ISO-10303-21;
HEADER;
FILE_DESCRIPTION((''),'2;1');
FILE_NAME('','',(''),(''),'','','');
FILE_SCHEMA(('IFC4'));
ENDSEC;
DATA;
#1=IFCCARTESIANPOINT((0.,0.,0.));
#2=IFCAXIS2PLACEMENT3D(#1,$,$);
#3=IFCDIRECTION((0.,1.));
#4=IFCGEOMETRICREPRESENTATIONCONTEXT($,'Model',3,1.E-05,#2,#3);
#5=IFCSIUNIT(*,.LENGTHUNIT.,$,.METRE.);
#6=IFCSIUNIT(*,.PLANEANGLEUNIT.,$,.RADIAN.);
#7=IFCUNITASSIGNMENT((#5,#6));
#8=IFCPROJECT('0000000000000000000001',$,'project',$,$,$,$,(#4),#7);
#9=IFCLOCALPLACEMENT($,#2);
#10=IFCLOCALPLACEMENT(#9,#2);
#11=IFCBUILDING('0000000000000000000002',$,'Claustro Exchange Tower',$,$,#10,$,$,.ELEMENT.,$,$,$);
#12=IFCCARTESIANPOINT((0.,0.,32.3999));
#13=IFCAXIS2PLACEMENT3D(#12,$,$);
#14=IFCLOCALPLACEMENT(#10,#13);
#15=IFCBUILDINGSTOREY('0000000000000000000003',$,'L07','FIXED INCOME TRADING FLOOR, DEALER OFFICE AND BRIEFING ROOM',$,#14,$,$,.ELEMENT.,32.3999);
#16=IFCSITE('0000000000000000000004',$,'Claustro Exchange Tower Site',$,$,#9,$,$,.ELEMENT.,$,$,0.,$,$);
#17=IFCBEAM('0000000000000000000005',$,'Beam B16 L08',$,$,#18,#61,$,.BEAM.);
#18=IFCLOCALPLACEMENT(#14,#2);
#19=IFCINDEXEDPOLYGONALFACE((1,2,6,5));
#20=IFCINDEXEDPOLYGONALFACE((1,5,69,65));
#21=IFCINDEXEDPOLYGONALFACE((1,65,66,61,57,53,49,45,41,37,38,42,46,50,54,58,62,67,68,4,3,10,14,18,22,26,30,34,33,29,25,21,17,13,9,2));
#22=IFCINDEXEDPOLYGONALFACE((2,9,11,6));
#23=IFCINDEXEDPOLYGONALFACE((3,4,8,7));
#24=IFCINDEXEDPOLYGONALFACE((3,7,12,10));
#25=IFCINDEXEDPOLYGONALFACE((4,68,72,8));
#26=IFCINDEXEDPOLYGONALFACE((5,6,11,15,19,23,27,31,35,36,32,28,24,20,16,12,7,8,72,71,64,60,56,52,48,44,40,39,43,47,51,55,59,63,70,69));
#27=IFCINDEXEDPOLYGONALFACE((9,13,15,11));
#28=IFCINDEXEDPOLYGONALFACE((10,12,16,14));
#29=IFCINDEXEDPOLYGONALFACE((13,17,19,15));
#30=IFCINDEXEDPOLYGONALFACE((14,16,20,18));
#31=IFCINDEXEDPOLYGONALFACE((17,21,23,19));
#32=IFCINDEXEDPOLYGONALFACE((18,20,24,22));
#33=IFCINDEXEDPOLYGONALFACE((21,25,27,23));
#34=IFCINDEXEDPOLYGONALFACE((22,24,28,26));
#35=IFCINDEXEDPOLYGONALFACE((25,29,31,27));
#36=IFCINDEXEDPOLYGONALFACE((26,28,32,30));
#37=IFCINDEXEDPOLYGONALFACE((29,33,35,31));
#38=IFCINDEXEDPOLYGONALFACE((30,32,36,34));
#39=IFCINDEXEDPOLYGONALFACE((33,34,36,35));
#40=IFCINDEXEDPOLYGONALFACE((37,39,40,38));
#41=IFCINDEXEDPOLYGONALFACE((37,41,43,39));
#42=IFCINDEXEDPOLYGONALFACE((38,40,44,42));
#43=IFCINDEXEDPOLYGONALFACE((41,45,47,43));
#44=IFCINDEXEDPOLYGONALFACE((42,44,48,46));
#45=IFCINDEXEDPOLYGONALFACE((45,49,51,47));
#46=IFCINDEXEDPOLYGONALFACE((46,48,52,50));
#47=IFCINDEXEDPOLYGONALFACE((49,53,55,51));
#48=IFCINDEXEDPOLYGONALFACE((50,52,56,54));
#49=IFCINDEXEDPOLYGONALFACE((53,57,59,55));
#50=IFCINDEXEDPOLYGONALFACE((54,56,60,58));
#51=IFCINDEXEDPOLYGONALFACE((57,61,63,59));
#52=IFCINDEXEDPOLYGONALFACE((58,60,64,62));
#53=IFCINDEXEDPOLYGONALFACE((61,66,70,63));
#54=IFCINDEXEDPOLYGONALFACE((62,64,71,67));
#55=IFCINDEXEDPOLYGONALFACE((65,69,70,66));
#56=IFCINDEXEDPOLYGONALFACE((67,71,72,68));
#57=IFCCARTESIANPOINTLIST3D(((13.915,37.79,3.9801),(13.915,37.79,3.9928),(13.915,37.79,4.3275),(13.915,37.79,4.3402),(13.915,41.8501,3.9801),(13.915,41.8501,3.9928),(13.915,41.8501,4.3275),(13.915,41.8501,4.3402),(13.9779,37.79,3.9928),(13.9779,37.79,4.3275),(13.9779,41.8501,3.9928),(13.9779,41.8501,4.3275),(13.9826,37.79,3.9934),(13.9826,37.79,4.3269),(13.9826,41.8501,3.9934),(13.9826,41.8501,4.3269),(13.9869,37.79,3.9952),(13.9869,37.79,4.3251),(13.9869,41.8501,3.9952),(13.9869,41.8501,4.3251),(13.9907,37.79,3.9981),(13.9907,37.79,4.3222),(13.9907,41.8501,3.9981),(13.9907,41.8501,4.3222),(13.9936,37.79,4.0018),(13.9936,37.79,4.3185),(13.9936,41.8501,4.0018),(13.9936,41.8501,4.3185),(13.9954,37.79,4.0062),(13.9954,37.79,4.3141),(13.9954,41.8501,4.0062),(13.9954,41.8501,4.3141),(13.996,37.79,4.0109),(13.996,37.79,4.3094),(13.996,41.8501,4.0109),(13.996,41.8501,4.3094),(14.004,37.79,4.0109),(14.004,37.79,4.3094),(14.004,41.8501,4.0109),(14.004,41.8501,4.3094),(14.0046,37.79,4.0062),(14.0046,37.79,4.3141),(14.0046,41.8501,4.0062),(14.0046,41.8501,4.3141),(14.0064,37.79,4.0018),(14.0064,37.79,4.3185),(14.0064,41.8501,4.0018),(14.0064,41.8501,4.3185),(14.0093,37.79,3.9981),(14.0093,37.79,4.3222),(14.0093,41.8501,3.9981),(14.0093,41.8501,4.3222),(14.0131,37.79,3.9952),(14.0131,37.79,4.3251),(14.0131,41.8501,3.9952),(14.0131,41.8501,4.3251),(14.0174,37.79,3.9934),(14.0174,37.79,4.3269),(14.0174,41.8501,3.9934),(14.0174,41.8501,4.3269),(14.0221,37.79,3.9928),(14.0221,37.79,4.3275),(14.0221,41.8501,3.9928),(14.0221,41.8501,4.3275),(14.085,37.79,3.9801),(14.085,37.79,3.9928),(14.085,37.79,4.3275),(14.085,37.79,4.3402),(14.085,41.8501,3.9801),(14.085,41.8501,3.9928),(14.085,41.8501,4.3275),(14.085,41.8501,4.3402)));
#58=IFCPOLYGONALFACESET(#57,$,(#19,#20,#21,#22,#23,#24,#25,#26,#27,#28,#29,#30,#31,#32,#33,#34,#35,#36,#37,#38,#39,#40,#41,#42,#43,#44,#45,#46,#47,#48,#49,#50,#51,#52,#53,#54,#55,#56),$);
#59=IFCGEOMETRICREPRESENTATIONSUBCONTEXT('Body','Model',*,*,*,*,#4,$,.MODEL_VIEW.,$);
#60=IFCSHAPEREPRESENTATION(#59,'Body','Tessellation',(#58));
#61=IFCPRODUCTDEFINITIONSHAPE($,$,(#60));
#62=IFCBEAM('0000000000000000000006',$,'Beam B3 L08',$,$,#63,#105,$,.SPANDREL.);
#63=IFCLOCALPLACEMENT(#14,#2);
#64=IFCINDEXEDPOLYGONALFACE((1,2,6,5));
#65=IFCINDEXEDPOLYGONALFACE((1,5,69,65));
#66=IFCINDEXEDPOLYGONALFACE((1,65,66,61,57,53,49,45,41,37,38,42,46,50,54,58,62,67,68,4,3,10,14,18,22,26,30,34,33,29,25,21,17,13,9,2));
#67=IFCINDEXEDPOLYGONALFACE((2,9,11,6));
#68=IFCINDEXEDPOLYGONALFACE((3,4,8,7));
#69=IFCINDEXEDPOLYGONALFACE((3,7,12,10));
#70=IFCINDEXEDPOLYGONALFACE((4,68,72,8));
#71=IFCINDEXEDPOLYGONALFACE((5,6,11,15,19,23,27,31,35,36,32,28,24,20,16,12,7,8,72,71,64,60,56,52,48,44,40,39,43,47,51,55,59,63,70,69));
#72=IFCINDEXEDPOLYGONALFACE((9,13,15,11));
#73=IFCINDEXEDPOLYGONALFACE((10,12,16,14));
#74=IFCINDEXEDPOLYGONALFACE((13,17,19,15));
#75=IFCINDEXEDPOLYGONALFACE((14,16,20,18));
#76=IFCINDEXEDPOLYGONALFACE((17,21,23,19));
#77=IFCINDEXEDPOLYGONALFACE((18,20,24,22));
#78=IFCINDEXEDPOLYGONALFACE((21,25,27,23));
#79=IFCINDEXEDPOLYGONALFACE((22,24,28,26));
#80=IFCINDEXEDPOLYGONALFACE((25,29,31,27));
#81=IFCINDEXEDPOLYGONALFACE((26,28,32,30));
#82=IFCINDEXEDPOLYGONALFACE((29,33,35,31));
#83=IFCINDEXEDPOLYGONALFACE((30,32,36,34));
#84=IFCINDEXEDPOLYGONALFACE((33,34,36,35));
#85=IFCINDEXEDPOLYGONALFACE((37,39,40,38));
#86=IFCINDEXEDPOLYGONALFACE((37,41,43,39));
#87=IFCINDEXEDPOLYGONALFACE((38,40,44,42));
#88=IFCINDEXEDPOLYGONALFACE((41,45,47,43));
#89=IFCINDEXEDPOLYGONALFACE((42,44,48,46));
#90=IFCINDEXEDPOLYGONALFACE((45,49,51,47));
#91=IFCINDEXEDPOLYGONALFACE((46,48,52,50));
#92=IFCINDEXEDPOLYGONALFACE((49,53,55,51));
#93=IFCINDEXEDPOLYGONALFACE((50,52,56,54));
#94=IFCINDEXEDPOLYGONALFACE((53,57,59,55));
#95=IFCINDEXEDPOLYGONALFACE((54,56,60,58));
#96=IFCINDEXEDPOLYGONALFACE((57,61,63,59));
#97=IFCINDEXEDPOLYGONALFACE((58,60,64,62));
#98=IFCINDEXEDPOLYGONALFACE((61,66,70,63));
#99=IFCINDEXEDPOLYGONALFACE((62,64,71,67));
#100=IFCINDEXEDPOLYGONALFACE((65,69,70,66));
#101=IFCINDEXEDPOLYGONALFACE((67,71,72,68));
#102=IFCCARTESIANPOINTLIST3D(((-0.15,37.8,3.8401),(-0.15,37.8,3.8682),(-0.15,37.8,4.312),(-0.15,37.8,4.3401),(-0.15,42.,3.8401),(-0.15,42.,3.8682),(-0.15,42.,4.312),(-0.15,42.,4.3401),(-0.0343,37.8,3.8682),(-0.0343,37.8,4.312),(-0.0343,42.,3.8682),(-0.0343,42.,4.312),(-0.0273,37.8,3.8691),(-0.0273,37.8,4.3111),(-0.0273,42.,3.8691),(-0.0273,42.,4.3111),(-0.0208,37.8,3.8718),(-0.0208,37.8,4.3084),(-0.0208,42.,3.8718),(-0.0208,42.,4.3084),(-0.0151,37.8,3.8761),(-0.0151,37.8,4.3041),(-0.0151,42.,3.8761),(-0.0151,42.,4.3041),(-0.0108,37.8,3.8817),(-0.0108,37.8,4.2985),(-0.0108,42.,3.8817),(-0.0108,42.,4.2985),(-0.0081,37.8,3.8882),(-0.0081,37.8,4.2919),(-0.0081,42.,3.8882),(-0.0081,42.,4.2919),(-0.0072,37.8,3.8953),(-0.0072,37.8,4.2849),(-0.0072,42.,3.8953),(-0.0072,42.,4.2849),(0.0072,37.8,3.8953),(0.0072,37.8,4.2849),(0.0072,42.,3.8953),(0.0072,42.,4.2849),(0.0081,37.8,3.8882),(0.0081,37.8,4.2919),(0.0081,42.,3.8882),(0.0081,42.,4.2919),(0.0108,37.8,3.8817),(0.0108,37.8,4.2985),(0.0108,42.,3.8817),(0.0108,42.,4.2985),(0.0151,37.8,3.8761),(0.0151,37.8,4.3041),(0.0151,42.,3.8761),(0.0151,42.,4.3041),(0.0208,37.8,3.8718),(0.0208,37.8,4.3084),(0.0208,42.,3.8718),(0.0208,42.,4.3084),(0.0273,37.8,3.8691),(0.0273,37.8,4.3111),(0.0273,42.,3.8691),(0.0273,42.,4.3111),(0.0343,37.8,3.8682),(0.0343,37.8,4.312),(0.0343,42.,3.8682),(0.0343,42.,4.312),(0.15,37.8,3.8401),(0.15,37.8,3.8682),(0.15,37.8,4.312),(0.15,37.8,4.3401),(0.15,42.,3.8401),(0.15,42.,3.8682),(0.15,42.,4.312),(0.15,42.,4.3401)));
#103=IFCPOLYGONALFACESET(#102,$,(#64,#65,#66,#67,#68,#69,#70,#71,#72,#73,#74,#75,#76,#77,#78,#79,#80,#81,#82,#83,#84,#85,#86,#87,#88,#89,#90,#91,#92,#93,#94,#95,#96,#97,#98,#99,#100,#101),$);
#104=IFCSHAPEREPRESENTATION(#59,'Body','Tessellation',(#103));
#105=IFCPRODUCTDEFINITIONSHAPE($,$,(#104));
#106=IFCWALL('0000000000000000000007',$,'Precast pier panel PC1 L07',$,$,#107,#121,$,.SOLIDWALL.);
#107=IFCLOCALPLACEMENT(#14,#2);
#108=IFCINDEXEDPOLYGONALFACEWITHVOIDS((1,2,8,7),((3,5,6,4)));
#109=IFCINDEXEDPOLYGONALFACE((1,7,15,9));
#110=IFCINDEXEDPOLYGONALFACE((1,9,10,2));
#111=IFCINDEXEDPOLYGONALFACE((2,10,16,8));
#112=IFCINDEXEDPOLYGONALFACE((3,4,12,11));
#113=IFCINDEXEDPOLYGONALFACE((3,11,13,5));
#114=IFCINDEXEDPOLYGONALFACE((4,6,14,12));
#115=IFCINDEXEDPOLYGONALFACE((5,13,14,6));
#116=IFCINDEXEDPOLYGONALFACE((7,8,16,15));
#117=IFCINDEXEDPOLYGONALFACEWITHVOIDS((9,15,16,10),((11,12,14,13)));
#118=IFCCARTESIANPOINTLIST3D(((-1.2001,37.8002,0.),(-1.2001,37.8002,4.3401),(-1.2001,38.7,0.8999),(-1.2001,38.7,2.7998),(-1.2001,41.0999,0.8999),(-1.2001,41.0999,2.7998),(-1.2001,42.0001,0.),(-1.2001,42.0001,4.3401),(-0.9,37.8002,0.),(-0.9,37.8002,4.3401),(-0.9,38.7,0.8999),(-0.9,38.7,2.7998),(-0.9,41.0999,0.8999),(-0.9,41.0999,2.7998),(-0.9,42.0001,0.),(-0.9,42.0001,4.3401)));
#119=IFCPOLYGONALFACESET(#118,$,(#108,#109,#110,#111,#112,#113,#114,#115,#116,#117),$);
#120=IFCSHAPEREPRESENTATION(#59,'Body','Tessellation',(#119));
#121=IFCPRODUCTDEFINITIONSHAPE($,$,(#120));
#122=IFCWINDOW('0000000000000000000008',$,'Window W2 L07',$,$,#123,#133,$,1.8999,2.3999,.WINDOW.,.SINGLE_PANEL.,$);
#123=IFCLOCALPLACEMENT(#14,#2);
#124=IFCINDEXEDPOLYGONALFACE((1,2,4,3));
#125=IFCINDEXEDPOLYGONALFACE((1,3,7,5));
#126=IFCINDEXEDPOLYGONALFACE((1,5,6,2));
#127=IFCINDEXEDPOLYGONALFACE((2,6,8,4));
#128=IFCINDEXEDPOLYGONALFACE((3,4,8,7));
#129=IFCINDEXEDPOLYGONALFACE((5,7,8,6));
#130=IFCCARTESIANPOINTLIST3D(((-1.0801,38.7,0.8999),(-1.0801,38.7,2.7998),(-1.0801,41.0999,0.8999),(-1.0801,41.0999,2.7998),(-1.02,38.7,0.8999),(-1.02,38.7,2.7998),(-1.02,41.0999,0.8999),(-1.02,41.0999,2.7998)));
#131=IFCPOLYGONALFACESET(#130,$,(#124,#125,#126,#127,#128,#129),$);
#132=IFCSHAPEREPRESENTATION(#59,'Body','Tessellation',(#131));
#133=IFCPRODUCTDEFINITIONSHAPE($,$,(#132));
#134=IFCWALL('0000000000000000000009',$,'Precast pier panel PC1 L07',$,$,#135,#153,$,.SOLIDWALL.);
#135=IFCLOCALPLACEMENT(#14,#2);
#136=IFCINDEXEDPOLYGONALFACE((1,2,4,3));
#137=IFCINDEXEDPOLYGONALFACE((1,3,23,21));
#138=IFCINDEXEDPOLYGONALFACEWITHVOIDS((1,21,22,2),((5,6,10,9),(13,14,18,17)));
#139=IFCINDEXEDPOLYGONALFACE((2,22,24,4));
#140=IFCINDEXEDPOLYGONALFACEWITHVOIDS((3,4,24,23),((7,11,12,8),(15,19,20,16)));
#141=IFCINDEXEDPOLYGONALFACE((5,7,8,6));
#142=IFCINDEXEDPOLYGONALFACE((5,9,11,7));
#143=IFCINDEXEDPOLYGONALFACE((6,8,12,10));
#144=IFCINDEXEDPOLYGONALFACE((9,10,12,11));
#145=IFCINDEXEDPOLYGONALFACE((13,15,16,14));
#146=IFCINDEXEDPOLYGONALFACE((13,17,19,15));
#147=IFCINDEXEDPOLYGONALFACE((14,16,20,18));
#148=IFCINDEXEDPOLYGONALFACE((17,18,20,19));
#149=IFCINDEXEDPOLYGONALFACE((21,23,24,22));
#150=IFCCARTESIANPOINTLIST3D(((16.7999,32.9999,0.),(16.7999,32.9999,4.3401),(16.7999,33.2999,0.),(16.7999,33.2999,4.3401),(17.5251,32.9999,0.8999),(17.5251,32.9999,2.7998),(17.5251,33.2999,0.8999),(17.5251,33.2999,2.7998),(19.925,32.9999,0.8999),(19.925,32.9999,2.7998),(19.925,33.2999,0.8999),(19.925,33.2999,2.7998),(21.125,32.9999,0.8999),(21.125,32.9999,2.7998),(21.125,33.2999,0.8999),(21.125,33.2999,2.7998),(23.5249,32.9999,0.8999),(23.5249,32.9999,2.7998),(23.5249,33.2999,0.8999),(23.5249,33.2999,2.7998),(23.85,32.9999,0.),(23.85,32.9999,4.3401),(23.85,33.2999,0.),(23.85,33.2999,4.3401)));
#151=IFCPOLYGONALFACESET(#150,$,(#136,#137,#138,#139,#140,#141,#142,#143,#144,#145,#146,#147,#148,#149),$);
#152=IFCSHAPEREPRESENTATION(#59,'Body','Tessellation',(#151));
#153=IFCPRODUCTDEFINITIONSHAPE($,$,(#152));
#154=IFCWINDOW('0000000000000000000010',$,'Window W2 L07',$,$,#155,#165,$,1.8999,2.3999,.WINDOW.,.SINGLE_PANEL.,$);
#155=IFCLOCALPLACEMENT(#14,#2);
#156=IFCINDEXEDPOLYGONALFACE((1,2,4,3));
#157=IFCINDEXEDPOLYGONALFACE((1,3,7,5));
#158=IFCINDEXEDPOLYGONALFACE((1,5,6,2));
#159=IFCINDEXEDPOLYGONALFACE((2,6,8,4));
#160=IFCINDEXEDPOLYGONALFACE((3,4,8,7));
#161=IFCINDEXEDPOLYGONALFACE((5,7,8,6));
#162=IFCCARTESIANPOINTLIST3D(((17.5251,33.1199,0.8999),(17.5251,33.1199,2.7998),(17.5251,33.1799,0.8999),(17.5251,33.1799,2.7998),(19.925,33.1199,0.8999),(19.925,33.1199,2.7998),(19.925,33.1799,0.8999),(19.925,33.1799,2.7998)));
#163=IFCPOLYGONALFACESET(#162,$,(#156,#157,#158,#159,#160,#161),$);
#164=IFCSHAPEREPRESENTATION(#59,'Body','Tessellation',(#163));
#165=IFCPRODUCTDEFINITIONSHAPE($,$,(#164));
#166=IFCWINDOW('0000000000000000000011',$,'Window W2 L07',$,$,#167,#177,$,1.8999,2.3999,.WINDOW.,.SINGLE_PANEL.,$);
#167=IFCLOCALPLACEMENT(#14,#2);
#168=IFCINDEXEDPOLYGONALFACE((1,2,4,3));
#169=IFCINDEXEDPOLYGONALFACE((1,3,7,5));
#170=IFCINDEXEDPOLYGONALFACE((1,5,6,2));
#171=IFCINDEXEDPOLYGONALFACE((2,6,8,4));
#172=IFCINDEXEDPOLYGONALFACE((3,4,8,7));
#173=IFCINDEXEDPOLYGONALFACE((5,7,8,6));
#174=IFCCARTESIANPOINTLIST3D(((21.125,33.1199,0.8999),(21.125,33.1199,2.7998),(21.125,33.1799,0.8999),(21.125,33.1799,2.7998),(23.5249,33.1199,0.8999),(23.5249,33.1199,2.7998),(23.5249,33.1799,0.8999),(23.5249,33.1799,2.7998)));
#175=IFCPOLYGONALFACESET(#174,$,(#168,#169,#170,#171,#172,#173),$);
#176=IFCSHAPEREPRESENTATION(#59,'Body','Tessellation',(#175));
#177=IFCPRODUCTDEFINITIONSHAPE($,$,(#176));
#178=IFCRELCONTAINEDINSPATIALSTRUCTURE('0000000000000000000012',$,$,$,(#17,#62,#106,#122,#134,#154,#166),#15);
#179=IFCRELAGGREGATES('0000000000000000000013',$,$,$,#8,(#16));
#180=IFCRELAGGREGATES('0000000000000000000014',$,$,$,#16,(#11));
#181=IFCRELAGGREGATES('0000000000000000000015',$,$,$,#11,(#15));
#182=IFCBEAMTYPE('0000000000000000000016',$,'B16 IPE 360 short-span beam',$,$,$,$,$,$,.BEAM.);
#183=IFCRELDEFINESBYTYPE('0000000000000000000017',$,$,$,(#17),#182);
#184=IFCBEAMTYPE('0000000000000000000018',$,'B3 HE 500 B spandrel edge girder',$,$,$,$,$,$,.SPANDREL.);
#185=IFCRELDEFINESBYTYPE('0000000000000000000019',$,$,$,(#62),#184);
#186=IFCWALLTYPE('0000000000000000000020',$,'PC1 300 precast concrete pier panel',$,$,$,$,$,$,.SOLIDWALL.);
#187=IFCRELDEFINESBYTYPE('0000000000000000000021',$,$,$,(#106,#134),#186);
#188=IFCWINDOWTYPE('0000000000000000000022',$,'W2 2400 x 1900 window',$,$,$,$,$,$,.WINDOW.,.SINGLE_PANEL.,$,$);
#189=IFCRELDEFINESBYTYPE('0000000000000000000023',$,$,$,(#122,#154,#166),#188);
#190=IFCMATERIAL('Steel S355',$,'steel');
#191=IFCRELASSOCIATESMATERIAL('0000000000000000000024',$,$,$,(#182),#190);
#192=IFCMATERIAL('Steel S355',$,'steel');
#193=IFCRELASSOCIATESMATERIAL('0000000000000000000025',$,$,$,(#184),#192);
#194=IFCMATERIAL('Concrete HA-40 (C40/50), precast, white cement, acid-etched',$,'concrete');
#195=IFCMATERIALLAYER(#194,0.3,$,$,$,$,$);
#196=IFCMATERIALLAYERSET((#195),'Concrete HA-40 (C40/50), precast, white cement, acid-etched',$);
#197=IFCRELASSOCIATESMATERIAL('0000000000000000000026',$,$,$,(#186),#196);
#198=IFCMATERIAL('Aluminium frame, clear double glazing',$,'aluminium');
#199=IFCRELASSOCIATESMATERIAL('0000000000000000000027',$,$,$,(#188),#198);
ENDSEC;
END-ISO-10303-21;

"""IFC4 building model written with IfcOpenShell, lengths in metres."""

from ifc_helpers import new_model, si_unit, direction, frame, frame_2d, origin, origin_2d, place, context, subcontext, project, spatial, rectangle, i_section, extrude, material, layer, layer_set, material_profile, profile_set, type_object, element, fill, save


model = new_model("IFC4")

# Units and contexts
model_context = context("Model", 3, precision=1e-05, world=origin(), true_north=direction((0.0, 1.0)))
body_context = subcontext(model_context, "Body", "Model", "MODEL_VIEW")
ifc_project = project(units=[si_unit("LENGTHUNIT", "METRE"), si_unit("PLANEANGLEUNIT", "RADIAN")], contexts=[model_context])

# Site, building, storey
site_placement = place(None, origin())
site = spatial("IfcSite", under=ifc_project, at=site_placement, Name="Claustro Exchange Tower Site", CompositionType="ELEMENT", RefElevation=0.0)
building_placement = place(site_placement, origin())
building = spatial("IfcBuilding", under=site, at=building_placement, Name="Claustro Exchange Tower", CompositionType="ELEMENT")
storey_placement = place(building_placement, frame((0.0, 0.0, 32.3999)))
storey = spatial("IfcBuildingStorey", under=building, at=storey_placement, Name="L07", Description="FIXED INCOME TRADING FLOOR, DEALER OFFICE AND BRIEFING ROOM", CompositionType="ELEMENT", Elevation=32.3999)

# Beams
ifc_material_1 = material(Name="Steel S355", Category="steel")
ifc_material_profile_1 = material_profile(ifc_material_1, i_section(OverallWidth=0.1699, OverallDepth=0.3601, WebThickness=0.0081, FlangeThickness=0.0127, FilletRadius=0.0181, at=origin_2d()), Name="IPE 360")
ifc_profile_set_1 = profile_set([ifc_material_profile_1], Name="Steel S355")
beam_type_1 = type_object("IfcBeamType", Name="B16 IPE 360 short-span beam", PredefinedType="BEAM", material=ifc_profile_set_1)
for number, where, z_axis, x_axis, name in (
    (1, (14.0, 37.79, 4.1602), (0.0, 1.0, 0.0), (-1.0, 0.0, 0.0), "Beam B16 L08"),
):
    element("IfcBeam", number, at=place(storey_placement, frame(where, z_axis=z_axis, x_axis=x_axis)), inside=storey, type_object=beam_type_1, Name=name, PredefinedType="BEAM", context=body_context, shape_type="SweptSolid", body=[
        extrude(i_section(OverallWidth=0.1699, OverallDepth=0.3601, WebThickness=0.0081, FlangeThickness=0.0127, FilletRadius=0.0181, at=origin_2d()), origin(), (0.0, 0.0, 1.0), 4.0601),
    ])
ifc_material_2 = material(Name="Steel S355", Category="steel")
ifc_material_profile_2 = material_profile(ifc_material_2, i_section(OverallWidth=0.3, OverallDepth=0.5, WebThickness=0.0144, FlangeThickness=0.0281, FilletRadius=0.0271, at=origin_2d()), Name="HE 500 B")
ifc_profile_set_2 = profile_set([ifc_material_profile_2], Name="Steel S355")
beam_type_2 = type_object("IfcBeamType", Name="B3 HE 500 B spandrel edge girder", PredefinedType="SPANDREL", material=ifc_profile_set_2)
beam_1_placement = place(storey_placement, frame((0.0, 37.8, 4.0901), z_axis=(0.0, 1.0, 0.0), x_axis=(-1.0, 0.0, 0.0)))
element("IfcBeam", 2, at=beam_1_placement, inside=storey, type_object=beam_type_2, Name="Beam B3 L08", PredefinedType="SPANDREL", context=body_context, shape_type="SweptSolid", body=[
    extrude(i_section(OverallWidth=0.3, OverallDepth=0.5, WebThickness=0.0144, FlangeThickness=0.0281, FilletRadius=0.0271, at=origin_2d()), origin(), (0.0, 0.0, 1.0), 4.2),
])

# Wall, opening, window
ifc_material_3 = material(Name="Concrete HA-40 (C40/50), precast, white cement, acid-etched", Category="concrete")
ifc_layer_1 = layer(ifc_material_3, 0.3)
ifc_layer_set_1 = layer_set([ifc_layer_1], Name="Concrete HA-40 (C40/50), precast, white cement, acid-etched")
wall_type_1 = type_object("IfcWallType", Name="PC1 300 precast concrete pier panel", PredefinedType="SOLIDWALL", material=ifc_layer_set_1)
wall_1_placement = place(storey_placement, frame((-1.05, 37.8, 0.0), z_axis=(0.0, 0.0, 1.0), x_axis=(0.0, 1.0, 0.0)))
wall_1 = element("IfcWall", 3, at=wall_1_placement, inside=storey, type_object=wall_type_1, Name="Precast pier panel PC1 L07", PredefinedType="SOLIDWALL", context=body_context, shape_type="SweptSolid", body=[
    extrude(rectangle(XDim=4.2, YDim=0.3, at=frame_2d((2.1001, 0.0))), origin(), (0.0, 0.0, 1.0), 4.3401),
])
opening_1_placement = place(wall_1_placement, frame((0.8999, 0.0, 0.8999)))
opening_1 = element("IfcOpeningElement", 4, at=opening_1_placement, cuts=wall_1, PredefinedType="OPENING", context=body_context, shape_type="SweptSolid", body=[
    extrude(rectangle(XDim=2.3999, YDim=1.8999, at=frame_2d((1.2, 0.95))), frame((0.0, 0.1599, 0.0), z_axis=(0.0, -1.0, 0.0), x_axis=(1.0, 0.0, 0.0)), (0.0, 0.0, 1.0), 0.3201),
])
ifc_material_4 = material(Name="Aluminium frame, clear double glazing", Category="aluminium")
window_type = type_object("IfcWindowType", Name="W2 2400 x 1900 window", PartitioningType="SINGLE_PANEL", PredefinedType="WINDOW", material=ifc_material_4)
window_1_placement = place(opening_1_placement, origin())
window_1 = element("IfcWindow", 5, at=window_1_placement, inside=storey, type_object=window_type, Name="Window W2 L07", OverallHeight=1.8999, OverallWidth=2.3999, PartitioningType="SINGLE_PANEL", PredefinedType="WINDOW", context=body_context, shape_type="SweptSolid", body=[
    extrude(rectangle(XDim=2.3999, YDim=1.8999, at=frame_2d((1.2, 0.95))), frame((0.0, 0.03, 0.0), z_axis=(0.0, -1.0, 0.0), x_axis=(1.0, 0.0, 0.0)), (0.0, 0.0, 1.0), 0.0601),
])
fill(opening_1, window_1)

# Wall, openings, windows
wall_2_placement = place(storey_placement, frame((16.8, 33.1499, 0.0), z_axis=(0.0, 0.0, 1.0), x_axis=(1.0, 0.0, 0.0)))
wall_2 = element("IfcWall", 6, at=wall_2_placement, inside=storey, type_object=wall_type_1, Name="Precast pier panel PC1 L07", PredefinedType="SOLIDWALL", context=body_context, shape_type="SweptSolid", body=[
    extrude(rectangle(XDim=7.05, YDim=0.3, at=frame_2d((3.5249, 0.0))), origin(), (0.0, 0.0, 1.0), 4.3401),
])
opening_2_placement = place(wall_2_placement, frame((0.7251, 0.0, 0.8999)))
opening_2 = element("IfcOpeningElement", 7, at=opening_2_placement, cuts=wall_2, PredefinedType="OPENING", context=body_context, shape_type="SweptSolid", body=[
    extrude(rectangle(XDim=2.3999, YDim=1.8999, at=frame_2d((1.2, 0.95))), frame((0.0, 0.1599, 0.0), z_axis=(0.0, -1.0, 0.0), x_axis=(1.0, 0.0, 0.0)), (0.0, 0.0, 1.0), 0.3201),
])
opening_3_placement = place(wall_2_placement, frame((4.325, 0.0, 0.8999)))
opening_3 = element("IfcOpeningElement", 8, at=opening_3_placement, cuts=wall_2, PredefinedType="OPENING", context=body_context, shape_type="SweptSolid", body=[
    extrude(rectangle(XDim=2.3999, YDim=1.8999, at=frame_2d((1.2, 0.95))), frame((0.0, 0.1599, 0.0), z_axis=(0.0, -1.0, 0.0), x_axis=(1.0, 0.0, 0.0)), (0.0, 0.0, 1.0), 0.3201),
])
window_2_placement = place(opening_2_placement, origin())
window_2 = element("IfcWindow", 9, at=window_2_placement, inside=storey, type_object=window_type, Name="Window W2 L07", OverallHeight=1.8999, OverallWidth=2.3999, PartitioningType="SINGLE_PANEL", PredefinedType="WINDOW", context=body_context, shape_type="SweptSolid", body=[
    extrude(rectangle(XDim=2.3999, YDim=1.8999, at=frame_2d((1.2, 0.95))), frame((0.0, 0.03, 0.0), z_axis=(0.0, -1.0, 0.0), x_axis=(1.0, 0.0, 0.0)), (0.0, 0.0, 1.0), 0.0601),
])
fill(opening_2, window_2)
window_3_placement = place(opening_3_placement, origin())
window_3 = element("IfcWindow", 10, at=window_3_placement, inside=storey, type_object=window_type, Name="Window W2 L07", OverallHeight=1.8999, OverallWidth=2.3999, PartitioningType="SINGLE_PANEL", PredefinedType="WINDOW", context=body_context, shape_type="SweptSolid", body=[
    extrude(rectangle(XDim=2.3999, YDim=1.8999, at=frame_2d((1.2, 0.95))), frame((0.0, 0.03, 0.0), z_axis=(0.0, -1.0, 0.0), x_axis=(1.0, 0.0, 0.0)), (0.0, 0.0, 1.0), 0.0601),
])
fill(opening_3, window_3)

save(model, "model.ifc")
